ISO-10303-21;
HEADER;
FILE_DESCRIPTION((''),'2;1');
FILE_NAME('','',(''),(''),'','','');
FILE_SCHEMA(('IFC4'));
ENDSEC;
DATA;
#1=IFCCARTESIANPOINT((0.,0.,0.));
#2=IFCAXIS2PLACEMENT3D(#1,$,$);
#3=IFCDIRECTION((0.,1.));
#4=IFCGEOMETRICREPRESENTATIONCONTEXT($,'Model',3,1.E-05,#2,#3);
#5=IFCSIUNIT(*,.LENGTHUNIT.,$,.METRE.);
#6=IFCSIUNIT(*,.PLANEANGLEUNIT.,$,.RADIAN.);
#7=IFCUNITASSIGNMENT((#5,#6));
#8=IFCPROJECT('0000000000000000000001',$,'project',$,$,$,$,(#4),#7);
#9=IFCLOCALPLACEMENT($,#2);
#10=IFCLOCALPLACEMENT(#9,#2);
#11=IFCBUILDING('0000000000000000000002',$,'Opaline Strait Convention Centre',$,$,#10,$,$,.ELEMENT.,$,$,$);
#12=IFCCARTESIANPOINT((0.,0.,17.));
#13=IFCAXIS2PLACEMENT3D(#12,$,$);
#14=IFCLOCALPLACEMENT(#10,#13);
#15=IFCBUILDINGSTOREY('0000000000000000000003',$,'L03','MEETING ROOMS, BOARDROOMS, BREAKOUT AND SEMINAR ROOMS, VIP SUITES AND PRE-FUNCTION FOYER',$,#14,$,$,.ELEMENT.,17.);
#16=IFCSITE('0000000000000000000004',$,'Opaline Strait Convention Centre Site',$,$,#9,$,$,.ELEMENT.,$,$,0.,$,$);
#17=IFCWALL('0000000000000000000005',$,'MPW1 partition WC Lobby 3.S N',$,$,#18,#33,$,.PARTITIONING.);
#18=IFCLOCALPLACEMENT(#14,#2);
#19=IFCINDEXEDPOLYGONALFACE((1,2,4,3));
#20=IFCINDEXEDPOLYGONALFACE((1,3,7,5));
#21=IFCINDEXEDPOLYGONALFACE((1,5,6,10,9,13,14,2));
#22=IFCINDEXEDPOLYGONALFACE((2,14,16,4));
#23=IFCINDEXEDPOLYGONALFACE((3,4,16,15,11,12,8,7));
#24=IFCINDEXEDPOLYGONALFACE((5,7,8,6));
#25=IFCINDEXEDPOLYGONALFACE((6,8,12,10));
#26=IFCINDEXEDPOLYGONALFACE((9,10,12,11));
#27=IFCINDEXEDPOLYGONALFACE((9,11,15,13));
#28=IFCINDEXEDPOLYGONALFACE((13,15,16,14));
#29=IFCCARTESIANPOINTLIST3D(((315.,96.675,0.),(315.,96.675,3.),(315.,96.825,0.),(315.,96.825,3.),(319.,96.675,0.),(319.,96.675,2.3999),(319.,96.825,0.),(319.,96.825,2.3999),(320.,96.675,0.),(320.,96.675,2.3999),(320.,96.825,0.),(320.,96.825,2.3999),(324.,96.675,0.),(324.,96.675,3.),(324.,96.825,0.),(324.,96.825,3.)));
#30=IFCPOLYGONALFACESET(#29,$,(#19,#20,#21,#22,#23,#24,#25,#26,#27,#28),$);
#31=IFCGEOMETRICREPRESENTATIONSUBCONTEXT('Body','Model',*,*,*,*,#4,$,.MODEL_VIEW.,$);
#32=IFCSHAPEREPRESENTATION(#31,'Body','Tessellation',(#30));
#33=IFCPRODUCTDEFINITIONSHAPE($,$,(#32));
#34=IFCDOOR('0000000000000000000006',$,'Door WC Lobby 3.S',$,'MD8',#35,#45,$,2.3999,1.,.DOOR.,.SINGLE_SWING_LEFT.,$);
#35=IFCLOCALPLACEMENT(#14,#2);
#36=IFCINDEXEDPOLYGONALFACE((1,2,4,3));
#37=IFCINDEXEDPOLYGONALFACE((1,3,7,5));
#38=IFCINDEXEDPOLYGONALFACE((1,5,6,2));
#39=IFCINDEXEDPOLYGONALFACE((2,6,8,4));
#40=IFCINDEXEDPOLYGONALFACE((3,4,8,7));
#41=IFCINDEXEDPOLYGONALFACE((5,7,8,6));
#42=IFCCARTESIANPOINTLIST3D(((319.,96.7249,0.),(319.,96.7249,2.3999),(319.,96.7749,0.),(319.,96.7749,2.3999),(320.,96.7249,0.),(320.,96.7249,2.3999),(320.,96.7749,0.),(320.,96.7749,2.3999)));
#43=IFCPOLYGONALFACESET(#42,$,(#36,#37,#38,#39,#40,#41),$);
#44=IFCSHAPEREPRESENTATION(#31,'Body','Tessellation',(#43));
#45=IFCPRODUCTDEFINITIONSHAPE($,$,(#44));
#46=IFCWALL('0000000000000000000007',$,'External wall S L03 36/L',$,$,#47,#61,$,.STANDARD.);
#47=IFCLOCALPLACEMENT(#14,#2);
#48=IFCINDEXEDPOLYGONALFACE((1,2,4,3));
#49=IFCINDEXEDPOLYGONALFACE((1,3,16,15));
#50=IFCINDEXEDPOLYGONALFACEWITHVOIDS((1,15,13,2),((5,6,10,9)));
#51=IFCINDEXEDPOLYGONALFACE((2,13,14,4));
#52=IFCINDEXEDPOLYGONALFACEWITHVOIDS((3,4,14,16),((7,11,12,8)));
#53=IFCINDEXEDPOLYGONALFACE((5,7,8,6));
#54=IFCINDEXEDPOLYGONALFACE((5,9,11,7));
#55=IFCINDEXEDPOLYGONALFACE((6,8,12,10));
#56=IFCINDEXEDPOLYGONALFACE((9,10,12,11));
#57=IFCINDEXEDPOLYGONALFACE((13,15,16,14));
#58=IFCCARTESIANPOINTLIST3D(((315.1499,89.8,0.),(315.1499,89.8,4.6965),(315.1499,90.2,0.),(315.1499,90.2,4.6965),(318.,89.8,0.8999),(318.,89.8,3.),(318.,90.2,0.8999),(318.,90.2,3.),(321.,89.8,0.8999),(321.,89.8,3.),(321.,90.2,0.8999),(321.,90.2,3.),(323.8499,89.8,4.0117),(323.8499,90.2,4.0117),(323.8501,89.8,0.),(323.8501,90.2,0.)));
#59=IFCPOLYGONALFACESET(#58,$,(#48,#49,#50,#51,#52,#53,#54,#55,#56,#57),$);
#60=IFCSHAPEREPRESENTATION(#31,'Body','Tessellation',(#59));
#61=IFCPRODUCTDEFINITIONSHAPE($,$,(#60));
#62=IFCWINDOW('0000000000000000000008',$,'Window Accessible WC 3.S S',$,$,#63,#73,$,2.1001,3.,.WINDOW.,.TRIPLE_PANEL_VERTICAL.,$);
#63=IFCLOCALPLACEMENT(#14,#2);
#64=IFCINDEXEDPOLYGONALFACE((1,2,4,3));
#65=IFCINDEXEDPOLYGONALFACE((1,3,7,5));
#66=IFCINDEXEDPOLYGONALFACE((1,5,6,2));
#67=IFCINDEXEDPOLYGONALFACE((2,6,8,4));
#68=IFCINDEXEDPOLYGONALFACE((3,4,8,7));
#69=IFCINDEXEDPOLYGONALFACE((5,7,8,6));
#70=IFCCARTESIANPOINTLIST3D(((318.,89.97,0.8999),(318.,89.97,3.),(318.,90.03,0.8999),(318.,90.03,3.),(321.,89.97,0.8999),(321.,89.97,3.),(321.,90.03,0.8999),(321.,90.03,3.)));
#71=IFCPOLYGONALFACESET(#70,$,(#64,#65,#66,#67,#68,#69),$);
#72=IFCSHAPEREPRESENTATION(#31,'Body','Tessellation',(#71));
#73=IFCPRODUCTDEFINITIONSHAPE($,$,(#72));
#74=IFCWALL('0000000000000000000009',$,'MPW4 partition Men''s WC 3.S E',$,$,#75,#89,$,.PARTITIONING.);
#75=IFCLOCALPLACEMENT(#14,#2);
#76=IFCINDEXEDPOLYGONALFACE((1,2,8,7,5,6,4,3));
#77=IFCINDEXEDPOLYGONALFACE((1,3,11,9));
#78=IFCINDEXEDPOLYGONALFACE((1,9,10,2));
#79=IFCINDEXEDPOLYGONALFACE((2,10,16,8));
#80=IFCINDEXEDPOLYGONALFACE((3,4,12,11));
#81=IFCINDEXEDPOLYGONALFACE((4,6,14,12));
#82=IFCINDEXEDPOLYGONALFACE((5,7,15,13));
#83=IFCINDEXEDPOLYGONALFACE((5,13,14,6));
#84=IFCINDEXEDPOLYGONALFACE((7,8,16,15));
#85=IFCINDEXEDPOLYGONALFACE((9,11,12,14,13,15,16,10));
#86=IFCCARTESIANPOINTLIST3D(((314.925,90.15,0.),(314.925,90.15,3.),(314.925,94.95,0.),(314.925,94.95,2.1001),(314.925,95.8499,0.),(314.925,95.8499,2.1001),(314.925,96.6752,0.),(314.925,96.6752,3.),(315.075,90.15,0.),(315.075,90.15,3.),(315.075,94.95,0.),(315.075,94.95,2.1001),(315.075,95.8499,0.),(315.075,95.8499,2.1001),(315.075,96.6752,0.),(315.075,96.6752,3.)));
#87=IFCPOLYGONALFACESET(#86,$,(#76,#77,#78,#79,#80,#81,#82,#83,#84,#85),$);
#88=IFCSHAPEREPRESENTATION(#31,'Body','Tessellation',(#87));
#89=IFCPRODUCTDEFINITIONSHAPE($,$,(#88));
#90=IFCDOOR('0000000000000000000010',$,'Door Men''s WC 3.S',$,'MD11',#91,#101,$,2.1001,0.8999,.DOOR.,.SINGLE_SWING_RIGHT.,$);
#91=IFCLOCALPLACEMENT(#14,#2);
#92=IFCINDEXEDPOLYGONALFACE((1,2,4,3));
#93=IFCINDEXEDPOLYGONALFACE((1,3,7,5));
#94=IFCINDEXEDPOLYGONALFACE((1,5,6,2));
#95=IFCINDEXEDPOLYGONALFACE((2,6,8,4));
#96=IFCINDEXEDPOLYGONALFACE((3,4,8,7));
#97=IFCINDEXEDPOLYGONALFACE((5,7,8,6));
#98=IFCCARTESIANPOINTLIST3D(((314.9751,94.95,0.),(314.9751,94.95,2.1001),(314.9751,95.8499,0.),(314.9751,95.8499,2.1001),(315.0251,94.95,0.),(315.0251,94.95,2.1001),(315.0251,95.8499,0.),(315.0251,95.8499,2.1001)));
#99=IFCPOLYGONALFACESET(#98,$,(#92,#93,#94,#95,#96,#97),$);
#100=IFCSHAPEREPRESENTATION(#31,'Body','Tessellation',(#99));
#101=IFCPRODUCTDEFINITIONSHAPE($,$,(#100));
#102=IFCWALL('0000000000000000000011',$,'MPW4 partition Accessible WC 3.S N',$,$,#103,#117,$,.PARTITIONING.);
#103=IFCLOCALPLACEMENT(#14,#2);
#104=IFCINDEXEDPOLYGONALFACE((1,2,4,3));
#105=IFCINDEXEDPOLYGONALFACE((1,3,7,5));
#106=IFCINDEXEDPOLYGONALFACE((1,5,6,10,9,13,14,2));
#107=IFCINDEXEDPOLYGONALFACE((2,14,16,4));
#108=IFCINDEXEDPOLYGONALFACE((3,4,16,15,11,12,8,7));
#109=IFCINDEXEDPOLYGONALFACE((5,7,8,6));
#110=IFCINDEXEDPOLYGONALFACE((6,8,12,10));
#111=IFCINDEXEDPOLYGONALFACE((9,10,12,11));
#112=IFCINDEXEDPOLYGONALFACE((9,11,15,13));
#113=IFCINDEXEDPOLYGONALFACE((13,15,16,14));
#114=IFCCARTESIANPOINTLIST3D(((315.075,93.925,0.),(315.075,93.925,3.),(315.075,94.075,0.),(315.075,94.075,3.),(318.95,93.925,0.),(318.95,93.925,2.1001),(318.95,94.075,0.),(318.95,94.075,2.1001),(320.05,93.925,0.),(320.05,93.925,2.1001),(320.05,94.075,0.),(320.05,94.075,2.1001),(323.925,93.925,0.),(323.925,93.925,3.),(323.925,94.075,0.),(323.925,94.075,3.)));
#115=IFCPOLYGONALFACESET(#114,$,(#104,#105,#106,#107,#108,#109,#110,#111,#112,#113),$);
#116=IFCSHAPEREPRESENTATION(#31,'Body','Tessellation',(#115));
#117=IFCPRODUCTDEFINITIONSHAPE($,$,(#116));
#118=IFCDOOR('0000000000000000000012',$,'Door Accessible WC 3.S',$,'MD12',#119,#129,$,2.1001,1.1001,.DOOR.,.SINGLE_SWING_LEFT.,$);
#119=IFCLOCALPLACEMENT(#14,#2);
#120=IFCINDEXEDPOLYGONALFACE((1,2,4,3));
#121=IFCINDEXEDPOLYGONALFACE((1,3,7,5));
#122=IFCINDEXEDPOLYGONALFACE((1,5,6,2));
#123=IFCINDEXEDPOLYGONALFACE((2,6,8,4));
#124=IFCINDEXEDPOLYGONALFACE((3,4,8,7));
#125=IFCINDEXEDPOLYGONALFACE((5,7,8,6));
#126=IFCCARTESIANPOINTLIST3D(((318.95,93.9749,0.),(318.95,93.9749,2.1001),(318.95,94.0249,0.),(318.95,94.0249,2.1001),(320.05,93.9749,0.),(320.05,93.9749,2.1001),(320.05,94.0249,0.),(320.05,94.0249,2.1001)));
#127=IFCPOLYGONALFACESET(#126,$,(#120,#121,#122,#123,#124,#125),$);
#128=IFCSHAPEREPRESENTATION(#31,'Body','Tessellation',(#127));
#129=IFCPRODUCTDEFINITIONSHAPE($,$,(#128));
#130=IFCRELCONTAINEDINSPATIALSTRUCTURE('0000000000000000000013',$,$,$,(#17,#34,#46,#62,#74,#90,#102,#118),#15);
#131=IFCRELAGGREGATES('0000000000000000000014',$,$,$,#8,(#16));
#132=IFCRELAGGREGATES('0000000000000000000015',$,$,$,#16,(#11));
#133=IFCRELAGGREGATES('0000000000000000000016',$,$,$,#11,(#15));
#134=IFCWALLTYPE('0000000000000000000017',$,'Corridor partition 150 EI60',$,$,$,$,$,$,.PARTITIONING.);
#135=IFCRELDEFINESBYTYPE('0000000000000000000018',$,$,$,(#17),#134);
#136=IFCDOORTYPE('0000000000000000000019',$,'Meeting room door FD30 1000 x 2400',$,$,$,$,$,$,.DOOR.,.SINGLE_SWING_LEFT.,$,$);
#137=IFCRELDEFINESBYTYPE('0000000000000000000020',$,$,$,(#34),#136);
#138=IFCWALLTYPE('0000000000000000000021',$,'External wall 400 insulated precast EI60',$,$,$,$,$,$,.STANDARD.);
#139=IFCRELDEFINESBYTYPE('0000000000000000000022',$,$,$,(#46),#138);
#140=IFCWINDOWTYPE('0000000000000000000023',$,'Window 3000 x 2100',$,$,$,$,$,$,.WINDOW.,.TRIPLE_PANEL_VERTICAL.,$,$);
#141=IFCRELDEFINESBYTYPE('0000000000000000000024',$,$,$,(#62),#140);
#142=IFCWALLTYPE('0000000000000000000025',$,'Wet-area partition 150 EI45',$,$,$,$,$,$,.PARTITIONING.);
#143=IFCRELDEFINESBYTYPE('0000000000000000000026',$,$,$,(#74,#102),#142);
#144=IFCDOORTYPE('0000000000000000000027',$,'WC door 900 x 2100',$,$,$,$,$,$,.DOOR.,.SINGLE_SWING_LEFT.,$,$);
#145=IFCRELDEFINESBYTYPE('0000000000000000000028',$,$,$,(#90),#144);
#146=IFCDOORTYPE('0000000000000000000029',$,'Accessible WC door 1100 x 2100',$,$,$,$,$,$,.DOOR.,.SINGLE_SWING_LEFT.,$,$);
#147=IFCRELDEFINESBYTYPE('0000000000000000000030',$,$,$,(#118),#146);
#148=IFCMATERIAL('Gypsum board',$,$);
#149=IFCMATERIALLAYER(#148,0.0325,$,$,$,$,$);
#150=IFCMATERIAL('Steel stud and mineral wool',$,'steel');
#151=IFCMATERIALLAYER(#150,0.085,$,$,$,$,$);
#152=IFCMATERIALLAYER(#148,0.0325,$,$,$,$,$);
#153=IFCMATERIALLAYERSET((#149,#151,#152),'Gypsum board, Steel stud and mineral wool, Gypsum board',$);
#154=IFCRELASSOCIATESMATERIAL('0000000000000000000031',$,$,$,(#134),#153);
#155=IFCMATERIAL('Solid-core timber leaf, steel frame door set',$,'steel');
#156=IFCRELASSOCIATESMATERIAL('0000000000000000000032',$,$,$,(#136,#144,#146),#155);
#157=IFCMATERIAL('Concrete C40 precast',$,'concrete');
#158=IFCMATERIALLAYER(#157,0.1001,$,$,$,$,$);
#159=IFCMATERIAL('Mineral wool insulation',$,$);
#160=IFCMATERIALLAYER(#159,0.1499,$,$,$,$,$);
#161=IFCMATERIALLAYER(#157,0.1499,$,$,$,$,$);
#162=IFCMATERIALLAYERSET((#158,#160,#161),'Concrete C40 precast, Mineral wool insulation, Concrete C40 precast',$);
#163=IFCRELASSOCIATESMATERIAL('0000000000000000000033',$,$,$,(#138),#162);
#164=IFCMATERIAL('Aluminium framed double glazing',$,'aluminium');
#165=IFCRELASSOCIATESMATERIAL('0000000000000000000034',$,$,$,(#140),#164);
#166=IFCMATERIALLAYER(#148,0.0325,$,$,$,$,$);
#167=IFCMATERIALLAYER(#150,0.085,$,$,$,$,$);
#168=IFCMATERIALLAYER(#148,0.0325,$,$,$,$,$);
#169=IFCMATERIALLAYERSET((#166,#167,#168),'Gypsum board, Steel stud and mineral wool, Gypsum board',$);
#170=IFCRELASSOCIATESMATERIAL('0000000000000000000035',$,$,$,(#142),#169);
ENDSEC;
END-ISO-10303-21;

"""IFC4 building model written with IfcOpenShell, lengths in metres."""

from ifc_helpers import new_model, si_unit, direction, frame, frame_2d, origin, place, context, subcontext, project, spatial, polyline, rectangle, outline, extrude, material, layer, layer_set, type_object, element, fill, save


model = new_model("IFC4")

# Units and contexts
model_context = context("Model", 3, precision=1e-05, world=origin(), true_north=direction((0.0, 1.0)))
body_context = subcontext(model_context, "Body", "Model", "MODEL_VIEW")
ifc_project = project(units=[si_unit("LENGTHUNIT", "METRE"), si_unit("PLANEANGLEUNIT", "RADIAN")], contexts=[model_context])

# Site, building, storey
site_placement = place(None, origin())
site = spatial("IfcSite", under=ifc_project, at=site_placement, Name="Opaline Strait Convention Centre Site", CompositionType="ELEMENT", RefElevation=0.0)
building_placement = place(site_placement, origin())
building = spatial("IfcBuilding", under=site, at=building_placement, Name="Opaline Strait Convention Centre", CompositionType="ELEMENT")
storey_placement = place(building_placement, frame((0.0, 0.0, 17.0)))
storey = spatial("IfcBuildingStorey", under=building, at=storey_placement, Name="L03", Description="MEETING ROOMS, BOARDROOMS, BREAKOUT AND SEMINAR ROOMS, VIP SUITES AND PRE-FUNCTION FOYER", CompositionType="ELEMENT", Elevation=17.0)

# Wall, opening, door
ifc_material_1 = material(Name="Gypsum board")
ifc_layer_1 = layer(ifc_material_1, 0.0325)
ifc_material_2 = material(Name="Steel stud and mineral wool", Category="steel")
ifc_layer_2 = layer(ifc_material_2, 0.085)
ifc_layer_3 = layer(ifc_material_1, 0.0325)
ifc_layer_set_1 = layer_set([ifc_layer_1, ifc_layer_2, ifc_layer_3], Name="Gypsum board, Steel stud and mineral wool, Gypsum board")
wall_type_1 = type_object("IfcWallType", Name="Corridor partition 150 EI60", PredefinedType="PARTITIONING", material=ifc_layer_set_1)
wall_1_placement = place(storey_placement, frame((315.0, 96.75, 0.0), z_axis=(0.0, 0.0, 1.0), x_axis=(1.0, 0.0, 0.0)))
wall_1 = element("IfcWall", 1, at=wall_1_placement, inside=storey, type_object=wall_type_1, Name="MPW1 partition WC Lobby 3.S N", PredefinedType="PARTITIONING", context=body_context, shape_type="SweptSolid", body=[
    extrude(rectangle(XDim=9.0, YDim=0.1499, at=frame_2d((4.5, 0.0))), origin(), (0.0, 0.0, 1.0), 3.0),
])
opening_1_placement = place(wall_1_placement, frame((4.0, 0.0, 0.0)))
opening_1 = element("IfcOpeningElement", 2, at=opening_1_placement, cuts=wall_1, PredefinedType="OPENING", context=body_context, shape_type="SweptSolid", body=[
    extrude(rectangle(XDim=1.0, YDim=2.3999, at=frame_2d((0.5, 1.2))), frame((0.0, 0.085, 0.0), z_axis=(0.0, -1.0, 0.0), x_axis=(1.0, 0.0, 0.0)), (0.0, 0.0, 1.0), 0.1699),
])
ifc_material_3 = material(Name="Solid-core timber leaf, steel frame door set", Category="steel")
door_type_1 = type_object("IfcDoorType", Name="Meeting room door FD30 1000 x 2400", OperationType="SINGLE_SWING_LEFT", PredefinedType="DOOR", material=ifc_material_3)
door_1_placement = place(opening_1_placement, origin())
door_1 = element("IfcDoor", 3, at=door_1_placement, inside=storey, type_object=door_type_1, Name="Door WC Lobby 3.S", ObjectType="MD8", OperationType="SINGLE_SWING_LEFT", OverallHeight=2.3999, OverallWidth=1.0, PredefinedType="DOOR", context=body_context, shape_type="SweptSolid", body=[
    extrude(rectangle(XDim=1.0, YDim=2.3999, at=frame_2d((0.5, 1.2))), frame((0.0, 0.0249, 0.0), z_axis=(0.0, -1.0, 0.0), x_axis=(1.0, 0.0, 0.0)), (0.0, 0.0, 1.0), 0.05),
])
fill(opening_1, door_1)

# Wall, opening, window
ifc_material_4 = material(Name="Concrete C40 precast", Category="concrete")
ifc_layer_4 = layer(ifc_material_4, 0.1001)
ifc_material_5 = material(Name="Mineral wool insulation")
ifc_layer_5 = layer(ifc_material_5, 0.1499)
ifc_layer_6 = layer(ifc_material_4, 0.1499)
ifc_layer_set_2 = layer_set([ifc_layer_4, ifc_layer_5, ifc_layer_6], Name="Concrete C40 precast, Mineral wool insulation, Concrete C40 precast")
wall_type_2 = type_object("IfcWallType", Name="External wall 400 insulated precast EI60", PredefinedType="STANDARD", material=ifc_layer_set_2)
wall_2_placement = place(storey_placement, frame((315.1499, 90.0, 0.0), z_axis=(0.0, 0.0, 1.0), x_axis=(1.0, 0.0, 0.0)))
wall_2 = element("IfcWall", 4, at=wall_2_placement, inside=storey, type_object=wall_type_2, Name="External wall S L03 36/L", PredefinedType="STANDARD", context=body_context, shape_type="SweptSolid", body=[
    extrude(outline(polyline([(0.0, 0.0), (8.7002, 0.0), (8.7, 4.0117), (0.0, 4.6965), (0.0, 0.0)])), frame((0.0, 0.2, 0.0), z_axis=(0.0, -1.0, 0.0), x_axis=(1.0, 0.0, 0.0)), (0.0, 0.0, 1.0), 0.3999),
])
opening_2_placement = place(wall_2_placement, frame((2.8501, 0.0, 0.8999)))
opening_2 = element("IfcOpeningElement", 5, at=opening_2_placement, cuts=wall_2, PredefinedType="OPENING", context=body_context, shape_type="SweptSolid", body=[
    extrude(rectangle(XDim=3.0, YDim=2.1001, at=frame_2d((1.5, 1.05))), frame((0.0, 0.21, 0.0), z_axis=(0.0, -1.0, 0.0), x_axis=(1.0, 0.0, 0.0)), (0.0, 0.0, 1.0), 0.4199),
])
ifc_material_6 = material(Name="Aluminium framed double glazing", Category="aluminium")
window_type = type_object("IfcWindowType", Name="Window 3000 x 2100", PartitioningType="TRIPLE_PANEL_VERTICAL", PredefinedType="WINDOW", material=ifc_material_6)
window_placement = place(opening_2_placement, origin())
window = element("IfcWindow", 6, at=window_placement, inside=storey, type_object=window_type, Name="Window Accessible WC 3.S S", OverallHeight=2.1001, OverallWidth=3.0, PartitioningType="TRIPLE_PANEL_VERTICAL", PredefinedType="WINDOW", context=body_context, shape_type="SweptSolid", body=[
    extrude(rectangle(XDim=3.0, YDim=2.1001, at=frame_2d((1.5, 1.05))), frame((0.0, 0.03, 0.0), z_axis=(0.0, -1.0, 0.0), x_axis=(1.0, 0.0, 0.0)), (0.0, 0.0, 1.0), 0.0601),
])
fill(opening_2, window)

# Walls, openings, doors
ifc_layer_7 = layer(ifc_material_1, 0.0325)
ifc_layer_8 = layer(ifc_material_2, 0.085)
ifc_layer_9 = layer(ifc_material_1, 0.0325)
ifc_layer_set_3 = layer_set([ifc_layer_7, ifc_layer_8, ifc_layer_9], Name="Gypsum board, Steel stud and mineral wool, Gypsum board")
wall_type_3 = type_object("IfcWallType", Name="Wet-area partition 150 EI45", PredefinedType="PARTITIONING", material=ifc_layer_set_3)
wall_3_placement = place(storey_placement, frame((315.0, 90.1499, 0.0), z_axis=(0.0, 0.0, 1.0), x_axis=(0.0, 1.0, 0.0)))
wall_3 = element("IfcWall", 7, at=wall_3_placement, inside=storey, type_object=wall_type_3, Name="MPW4 partition Men's WC 3.S E", PredefinedType="PARTITIONING", context=body_context, shape_type="SweptSolid", body=[
    extrude(rectangle(XDim=6.5251, YDim=0.1499, at=frame_2d((3.2627, 0.0))), origin(), (0.0, 0.0, 1.0), 3.0),
])
opening_3_placement = place(wall_3_placement, frame((4.8, 0.0, 0.0)))
opening_3 = element("IfcOpeningElement", 8, at=opening_3_placement, cuts=wall_3, PredefinedType="OPENING", context=body_context, shape_type="SweptSolid", body=[
    extrude(rectangle(XDim=0.8999, YDim=2.1001, at=frame_2d((0.45, 1.05))), frame((0.0, 0.085, 0.0), z_axis=(0.0, -1.0, 0.0), x_axis=(1.0, 0.0, 0.0)), (0.0, 0.0, 1.0), 0.1699),
])
door_type_2 = type_object("IfcDoorType", Name="WC door 900 x 2100", OperationType="SINGLE_SWING_LEFT", PredefinedType="DOOR", material=ifc_material_3)
door_2_placement = place(opening_3_placement, origin())
door_2 = element("IfcDoor", 9, at=door_2_placement, inside=storey, type_object=door_type_2, Name="Door Men's WC 3.S", ObjectType="MD11", OperationType="SINGLE_SWING_RIGHT", OverallHeight=2.1001, OverallWidth=0.8999, PredefinedType="DOOR", context=body_context, shape_type="SweptSolid", body=[
    extrude(rectangle(XDim=0.8999, YDim=2.1001, at=frame_2d((0.45, 1.05))), frame((0.0, 0.0249, 0.0), z_axis=(0.0, -1.0, 0.0), x_axis=(1.0, 0.0, 0.0)), (0.0, 0.0, 1.0), 0.05),
])
fill(opening_3, door_2)
wall_4_placement = place(storey_placement, frame((315.075, 94.0, 0.0), z_axis=(0.0, 0.0, 1.0), x_axis=(1.0, 0.0, 0.0)))
wall_4 = element("IfcWall", 10, at=wall_4_placement, inside=storey, type_object=wall_type_3, Name="MPW4 partition Accessible WC 3.S N", PredefinedType="PARTITIONING", context=body_context, shape_type="SweptSolid", body=[
    extrude(rectangle(XDim=8.8501, YDim=0.1499, at=frame_2d((4.425, 0.0))), origin(), (0.0, 0.0, 1.0), 3.0),
])
opening_4_placement = place(wall_4_placement, frame((3.875, 0.0, 0.0)))
opening_4 = element("IfcOpeningElement", 11, at=opening_4_placement, cuts=wall_4, PredefinedType="OPENING", context=body_context, shape_type="SweptSolid", body=[
    extrude(rectangle(XDim=1.1001, YDim=2.1001, at=frame_2d((0.55, 1.05))), frame((0.0, 0.085, 0.0), z_axis=(0.0, -1.0, 0.0), x_axis=(1.0, 0.0, 0.0)), (0.0, 0.0, 1.0), 0.1699),
])
door_type_3 = type_object("IfcDoorType", Name="Accessible WC door 1100 x 2100", OperationType="SINGLE_SWING_LEFT", PredefinedType="DOOR", material=ifc_material_3)
door_3_placement = place(opening_4_placement, origin())
door_3 = element("IfcDoor", 12, at=door_3_placement, inside=storey, type_object=door_type_3, Name="Door Accessible WC 3.S", ObjectType="MD12", OperationType="SINGLE_SWING_LEFT", OverallHeight=2.1001, OverallWidth=1.1001, PredefinedType="DOOR", context=body_context, shape_type="SweptSolid", body=[
    extrude(rectangle(XDim=1.1001, YDim=2.1001, at=frame_2d((0.55, 1.05))), frame((0.0, 0.0249, 0.0), z_axis=(0.0, -1.0, 0.0), x_axis=(1.0, 0.0, 0.0)), (0.0, 0.0, 1.0), 0.05),
])
fill(opening_4, door_3)

save(model, "model.ifc")
